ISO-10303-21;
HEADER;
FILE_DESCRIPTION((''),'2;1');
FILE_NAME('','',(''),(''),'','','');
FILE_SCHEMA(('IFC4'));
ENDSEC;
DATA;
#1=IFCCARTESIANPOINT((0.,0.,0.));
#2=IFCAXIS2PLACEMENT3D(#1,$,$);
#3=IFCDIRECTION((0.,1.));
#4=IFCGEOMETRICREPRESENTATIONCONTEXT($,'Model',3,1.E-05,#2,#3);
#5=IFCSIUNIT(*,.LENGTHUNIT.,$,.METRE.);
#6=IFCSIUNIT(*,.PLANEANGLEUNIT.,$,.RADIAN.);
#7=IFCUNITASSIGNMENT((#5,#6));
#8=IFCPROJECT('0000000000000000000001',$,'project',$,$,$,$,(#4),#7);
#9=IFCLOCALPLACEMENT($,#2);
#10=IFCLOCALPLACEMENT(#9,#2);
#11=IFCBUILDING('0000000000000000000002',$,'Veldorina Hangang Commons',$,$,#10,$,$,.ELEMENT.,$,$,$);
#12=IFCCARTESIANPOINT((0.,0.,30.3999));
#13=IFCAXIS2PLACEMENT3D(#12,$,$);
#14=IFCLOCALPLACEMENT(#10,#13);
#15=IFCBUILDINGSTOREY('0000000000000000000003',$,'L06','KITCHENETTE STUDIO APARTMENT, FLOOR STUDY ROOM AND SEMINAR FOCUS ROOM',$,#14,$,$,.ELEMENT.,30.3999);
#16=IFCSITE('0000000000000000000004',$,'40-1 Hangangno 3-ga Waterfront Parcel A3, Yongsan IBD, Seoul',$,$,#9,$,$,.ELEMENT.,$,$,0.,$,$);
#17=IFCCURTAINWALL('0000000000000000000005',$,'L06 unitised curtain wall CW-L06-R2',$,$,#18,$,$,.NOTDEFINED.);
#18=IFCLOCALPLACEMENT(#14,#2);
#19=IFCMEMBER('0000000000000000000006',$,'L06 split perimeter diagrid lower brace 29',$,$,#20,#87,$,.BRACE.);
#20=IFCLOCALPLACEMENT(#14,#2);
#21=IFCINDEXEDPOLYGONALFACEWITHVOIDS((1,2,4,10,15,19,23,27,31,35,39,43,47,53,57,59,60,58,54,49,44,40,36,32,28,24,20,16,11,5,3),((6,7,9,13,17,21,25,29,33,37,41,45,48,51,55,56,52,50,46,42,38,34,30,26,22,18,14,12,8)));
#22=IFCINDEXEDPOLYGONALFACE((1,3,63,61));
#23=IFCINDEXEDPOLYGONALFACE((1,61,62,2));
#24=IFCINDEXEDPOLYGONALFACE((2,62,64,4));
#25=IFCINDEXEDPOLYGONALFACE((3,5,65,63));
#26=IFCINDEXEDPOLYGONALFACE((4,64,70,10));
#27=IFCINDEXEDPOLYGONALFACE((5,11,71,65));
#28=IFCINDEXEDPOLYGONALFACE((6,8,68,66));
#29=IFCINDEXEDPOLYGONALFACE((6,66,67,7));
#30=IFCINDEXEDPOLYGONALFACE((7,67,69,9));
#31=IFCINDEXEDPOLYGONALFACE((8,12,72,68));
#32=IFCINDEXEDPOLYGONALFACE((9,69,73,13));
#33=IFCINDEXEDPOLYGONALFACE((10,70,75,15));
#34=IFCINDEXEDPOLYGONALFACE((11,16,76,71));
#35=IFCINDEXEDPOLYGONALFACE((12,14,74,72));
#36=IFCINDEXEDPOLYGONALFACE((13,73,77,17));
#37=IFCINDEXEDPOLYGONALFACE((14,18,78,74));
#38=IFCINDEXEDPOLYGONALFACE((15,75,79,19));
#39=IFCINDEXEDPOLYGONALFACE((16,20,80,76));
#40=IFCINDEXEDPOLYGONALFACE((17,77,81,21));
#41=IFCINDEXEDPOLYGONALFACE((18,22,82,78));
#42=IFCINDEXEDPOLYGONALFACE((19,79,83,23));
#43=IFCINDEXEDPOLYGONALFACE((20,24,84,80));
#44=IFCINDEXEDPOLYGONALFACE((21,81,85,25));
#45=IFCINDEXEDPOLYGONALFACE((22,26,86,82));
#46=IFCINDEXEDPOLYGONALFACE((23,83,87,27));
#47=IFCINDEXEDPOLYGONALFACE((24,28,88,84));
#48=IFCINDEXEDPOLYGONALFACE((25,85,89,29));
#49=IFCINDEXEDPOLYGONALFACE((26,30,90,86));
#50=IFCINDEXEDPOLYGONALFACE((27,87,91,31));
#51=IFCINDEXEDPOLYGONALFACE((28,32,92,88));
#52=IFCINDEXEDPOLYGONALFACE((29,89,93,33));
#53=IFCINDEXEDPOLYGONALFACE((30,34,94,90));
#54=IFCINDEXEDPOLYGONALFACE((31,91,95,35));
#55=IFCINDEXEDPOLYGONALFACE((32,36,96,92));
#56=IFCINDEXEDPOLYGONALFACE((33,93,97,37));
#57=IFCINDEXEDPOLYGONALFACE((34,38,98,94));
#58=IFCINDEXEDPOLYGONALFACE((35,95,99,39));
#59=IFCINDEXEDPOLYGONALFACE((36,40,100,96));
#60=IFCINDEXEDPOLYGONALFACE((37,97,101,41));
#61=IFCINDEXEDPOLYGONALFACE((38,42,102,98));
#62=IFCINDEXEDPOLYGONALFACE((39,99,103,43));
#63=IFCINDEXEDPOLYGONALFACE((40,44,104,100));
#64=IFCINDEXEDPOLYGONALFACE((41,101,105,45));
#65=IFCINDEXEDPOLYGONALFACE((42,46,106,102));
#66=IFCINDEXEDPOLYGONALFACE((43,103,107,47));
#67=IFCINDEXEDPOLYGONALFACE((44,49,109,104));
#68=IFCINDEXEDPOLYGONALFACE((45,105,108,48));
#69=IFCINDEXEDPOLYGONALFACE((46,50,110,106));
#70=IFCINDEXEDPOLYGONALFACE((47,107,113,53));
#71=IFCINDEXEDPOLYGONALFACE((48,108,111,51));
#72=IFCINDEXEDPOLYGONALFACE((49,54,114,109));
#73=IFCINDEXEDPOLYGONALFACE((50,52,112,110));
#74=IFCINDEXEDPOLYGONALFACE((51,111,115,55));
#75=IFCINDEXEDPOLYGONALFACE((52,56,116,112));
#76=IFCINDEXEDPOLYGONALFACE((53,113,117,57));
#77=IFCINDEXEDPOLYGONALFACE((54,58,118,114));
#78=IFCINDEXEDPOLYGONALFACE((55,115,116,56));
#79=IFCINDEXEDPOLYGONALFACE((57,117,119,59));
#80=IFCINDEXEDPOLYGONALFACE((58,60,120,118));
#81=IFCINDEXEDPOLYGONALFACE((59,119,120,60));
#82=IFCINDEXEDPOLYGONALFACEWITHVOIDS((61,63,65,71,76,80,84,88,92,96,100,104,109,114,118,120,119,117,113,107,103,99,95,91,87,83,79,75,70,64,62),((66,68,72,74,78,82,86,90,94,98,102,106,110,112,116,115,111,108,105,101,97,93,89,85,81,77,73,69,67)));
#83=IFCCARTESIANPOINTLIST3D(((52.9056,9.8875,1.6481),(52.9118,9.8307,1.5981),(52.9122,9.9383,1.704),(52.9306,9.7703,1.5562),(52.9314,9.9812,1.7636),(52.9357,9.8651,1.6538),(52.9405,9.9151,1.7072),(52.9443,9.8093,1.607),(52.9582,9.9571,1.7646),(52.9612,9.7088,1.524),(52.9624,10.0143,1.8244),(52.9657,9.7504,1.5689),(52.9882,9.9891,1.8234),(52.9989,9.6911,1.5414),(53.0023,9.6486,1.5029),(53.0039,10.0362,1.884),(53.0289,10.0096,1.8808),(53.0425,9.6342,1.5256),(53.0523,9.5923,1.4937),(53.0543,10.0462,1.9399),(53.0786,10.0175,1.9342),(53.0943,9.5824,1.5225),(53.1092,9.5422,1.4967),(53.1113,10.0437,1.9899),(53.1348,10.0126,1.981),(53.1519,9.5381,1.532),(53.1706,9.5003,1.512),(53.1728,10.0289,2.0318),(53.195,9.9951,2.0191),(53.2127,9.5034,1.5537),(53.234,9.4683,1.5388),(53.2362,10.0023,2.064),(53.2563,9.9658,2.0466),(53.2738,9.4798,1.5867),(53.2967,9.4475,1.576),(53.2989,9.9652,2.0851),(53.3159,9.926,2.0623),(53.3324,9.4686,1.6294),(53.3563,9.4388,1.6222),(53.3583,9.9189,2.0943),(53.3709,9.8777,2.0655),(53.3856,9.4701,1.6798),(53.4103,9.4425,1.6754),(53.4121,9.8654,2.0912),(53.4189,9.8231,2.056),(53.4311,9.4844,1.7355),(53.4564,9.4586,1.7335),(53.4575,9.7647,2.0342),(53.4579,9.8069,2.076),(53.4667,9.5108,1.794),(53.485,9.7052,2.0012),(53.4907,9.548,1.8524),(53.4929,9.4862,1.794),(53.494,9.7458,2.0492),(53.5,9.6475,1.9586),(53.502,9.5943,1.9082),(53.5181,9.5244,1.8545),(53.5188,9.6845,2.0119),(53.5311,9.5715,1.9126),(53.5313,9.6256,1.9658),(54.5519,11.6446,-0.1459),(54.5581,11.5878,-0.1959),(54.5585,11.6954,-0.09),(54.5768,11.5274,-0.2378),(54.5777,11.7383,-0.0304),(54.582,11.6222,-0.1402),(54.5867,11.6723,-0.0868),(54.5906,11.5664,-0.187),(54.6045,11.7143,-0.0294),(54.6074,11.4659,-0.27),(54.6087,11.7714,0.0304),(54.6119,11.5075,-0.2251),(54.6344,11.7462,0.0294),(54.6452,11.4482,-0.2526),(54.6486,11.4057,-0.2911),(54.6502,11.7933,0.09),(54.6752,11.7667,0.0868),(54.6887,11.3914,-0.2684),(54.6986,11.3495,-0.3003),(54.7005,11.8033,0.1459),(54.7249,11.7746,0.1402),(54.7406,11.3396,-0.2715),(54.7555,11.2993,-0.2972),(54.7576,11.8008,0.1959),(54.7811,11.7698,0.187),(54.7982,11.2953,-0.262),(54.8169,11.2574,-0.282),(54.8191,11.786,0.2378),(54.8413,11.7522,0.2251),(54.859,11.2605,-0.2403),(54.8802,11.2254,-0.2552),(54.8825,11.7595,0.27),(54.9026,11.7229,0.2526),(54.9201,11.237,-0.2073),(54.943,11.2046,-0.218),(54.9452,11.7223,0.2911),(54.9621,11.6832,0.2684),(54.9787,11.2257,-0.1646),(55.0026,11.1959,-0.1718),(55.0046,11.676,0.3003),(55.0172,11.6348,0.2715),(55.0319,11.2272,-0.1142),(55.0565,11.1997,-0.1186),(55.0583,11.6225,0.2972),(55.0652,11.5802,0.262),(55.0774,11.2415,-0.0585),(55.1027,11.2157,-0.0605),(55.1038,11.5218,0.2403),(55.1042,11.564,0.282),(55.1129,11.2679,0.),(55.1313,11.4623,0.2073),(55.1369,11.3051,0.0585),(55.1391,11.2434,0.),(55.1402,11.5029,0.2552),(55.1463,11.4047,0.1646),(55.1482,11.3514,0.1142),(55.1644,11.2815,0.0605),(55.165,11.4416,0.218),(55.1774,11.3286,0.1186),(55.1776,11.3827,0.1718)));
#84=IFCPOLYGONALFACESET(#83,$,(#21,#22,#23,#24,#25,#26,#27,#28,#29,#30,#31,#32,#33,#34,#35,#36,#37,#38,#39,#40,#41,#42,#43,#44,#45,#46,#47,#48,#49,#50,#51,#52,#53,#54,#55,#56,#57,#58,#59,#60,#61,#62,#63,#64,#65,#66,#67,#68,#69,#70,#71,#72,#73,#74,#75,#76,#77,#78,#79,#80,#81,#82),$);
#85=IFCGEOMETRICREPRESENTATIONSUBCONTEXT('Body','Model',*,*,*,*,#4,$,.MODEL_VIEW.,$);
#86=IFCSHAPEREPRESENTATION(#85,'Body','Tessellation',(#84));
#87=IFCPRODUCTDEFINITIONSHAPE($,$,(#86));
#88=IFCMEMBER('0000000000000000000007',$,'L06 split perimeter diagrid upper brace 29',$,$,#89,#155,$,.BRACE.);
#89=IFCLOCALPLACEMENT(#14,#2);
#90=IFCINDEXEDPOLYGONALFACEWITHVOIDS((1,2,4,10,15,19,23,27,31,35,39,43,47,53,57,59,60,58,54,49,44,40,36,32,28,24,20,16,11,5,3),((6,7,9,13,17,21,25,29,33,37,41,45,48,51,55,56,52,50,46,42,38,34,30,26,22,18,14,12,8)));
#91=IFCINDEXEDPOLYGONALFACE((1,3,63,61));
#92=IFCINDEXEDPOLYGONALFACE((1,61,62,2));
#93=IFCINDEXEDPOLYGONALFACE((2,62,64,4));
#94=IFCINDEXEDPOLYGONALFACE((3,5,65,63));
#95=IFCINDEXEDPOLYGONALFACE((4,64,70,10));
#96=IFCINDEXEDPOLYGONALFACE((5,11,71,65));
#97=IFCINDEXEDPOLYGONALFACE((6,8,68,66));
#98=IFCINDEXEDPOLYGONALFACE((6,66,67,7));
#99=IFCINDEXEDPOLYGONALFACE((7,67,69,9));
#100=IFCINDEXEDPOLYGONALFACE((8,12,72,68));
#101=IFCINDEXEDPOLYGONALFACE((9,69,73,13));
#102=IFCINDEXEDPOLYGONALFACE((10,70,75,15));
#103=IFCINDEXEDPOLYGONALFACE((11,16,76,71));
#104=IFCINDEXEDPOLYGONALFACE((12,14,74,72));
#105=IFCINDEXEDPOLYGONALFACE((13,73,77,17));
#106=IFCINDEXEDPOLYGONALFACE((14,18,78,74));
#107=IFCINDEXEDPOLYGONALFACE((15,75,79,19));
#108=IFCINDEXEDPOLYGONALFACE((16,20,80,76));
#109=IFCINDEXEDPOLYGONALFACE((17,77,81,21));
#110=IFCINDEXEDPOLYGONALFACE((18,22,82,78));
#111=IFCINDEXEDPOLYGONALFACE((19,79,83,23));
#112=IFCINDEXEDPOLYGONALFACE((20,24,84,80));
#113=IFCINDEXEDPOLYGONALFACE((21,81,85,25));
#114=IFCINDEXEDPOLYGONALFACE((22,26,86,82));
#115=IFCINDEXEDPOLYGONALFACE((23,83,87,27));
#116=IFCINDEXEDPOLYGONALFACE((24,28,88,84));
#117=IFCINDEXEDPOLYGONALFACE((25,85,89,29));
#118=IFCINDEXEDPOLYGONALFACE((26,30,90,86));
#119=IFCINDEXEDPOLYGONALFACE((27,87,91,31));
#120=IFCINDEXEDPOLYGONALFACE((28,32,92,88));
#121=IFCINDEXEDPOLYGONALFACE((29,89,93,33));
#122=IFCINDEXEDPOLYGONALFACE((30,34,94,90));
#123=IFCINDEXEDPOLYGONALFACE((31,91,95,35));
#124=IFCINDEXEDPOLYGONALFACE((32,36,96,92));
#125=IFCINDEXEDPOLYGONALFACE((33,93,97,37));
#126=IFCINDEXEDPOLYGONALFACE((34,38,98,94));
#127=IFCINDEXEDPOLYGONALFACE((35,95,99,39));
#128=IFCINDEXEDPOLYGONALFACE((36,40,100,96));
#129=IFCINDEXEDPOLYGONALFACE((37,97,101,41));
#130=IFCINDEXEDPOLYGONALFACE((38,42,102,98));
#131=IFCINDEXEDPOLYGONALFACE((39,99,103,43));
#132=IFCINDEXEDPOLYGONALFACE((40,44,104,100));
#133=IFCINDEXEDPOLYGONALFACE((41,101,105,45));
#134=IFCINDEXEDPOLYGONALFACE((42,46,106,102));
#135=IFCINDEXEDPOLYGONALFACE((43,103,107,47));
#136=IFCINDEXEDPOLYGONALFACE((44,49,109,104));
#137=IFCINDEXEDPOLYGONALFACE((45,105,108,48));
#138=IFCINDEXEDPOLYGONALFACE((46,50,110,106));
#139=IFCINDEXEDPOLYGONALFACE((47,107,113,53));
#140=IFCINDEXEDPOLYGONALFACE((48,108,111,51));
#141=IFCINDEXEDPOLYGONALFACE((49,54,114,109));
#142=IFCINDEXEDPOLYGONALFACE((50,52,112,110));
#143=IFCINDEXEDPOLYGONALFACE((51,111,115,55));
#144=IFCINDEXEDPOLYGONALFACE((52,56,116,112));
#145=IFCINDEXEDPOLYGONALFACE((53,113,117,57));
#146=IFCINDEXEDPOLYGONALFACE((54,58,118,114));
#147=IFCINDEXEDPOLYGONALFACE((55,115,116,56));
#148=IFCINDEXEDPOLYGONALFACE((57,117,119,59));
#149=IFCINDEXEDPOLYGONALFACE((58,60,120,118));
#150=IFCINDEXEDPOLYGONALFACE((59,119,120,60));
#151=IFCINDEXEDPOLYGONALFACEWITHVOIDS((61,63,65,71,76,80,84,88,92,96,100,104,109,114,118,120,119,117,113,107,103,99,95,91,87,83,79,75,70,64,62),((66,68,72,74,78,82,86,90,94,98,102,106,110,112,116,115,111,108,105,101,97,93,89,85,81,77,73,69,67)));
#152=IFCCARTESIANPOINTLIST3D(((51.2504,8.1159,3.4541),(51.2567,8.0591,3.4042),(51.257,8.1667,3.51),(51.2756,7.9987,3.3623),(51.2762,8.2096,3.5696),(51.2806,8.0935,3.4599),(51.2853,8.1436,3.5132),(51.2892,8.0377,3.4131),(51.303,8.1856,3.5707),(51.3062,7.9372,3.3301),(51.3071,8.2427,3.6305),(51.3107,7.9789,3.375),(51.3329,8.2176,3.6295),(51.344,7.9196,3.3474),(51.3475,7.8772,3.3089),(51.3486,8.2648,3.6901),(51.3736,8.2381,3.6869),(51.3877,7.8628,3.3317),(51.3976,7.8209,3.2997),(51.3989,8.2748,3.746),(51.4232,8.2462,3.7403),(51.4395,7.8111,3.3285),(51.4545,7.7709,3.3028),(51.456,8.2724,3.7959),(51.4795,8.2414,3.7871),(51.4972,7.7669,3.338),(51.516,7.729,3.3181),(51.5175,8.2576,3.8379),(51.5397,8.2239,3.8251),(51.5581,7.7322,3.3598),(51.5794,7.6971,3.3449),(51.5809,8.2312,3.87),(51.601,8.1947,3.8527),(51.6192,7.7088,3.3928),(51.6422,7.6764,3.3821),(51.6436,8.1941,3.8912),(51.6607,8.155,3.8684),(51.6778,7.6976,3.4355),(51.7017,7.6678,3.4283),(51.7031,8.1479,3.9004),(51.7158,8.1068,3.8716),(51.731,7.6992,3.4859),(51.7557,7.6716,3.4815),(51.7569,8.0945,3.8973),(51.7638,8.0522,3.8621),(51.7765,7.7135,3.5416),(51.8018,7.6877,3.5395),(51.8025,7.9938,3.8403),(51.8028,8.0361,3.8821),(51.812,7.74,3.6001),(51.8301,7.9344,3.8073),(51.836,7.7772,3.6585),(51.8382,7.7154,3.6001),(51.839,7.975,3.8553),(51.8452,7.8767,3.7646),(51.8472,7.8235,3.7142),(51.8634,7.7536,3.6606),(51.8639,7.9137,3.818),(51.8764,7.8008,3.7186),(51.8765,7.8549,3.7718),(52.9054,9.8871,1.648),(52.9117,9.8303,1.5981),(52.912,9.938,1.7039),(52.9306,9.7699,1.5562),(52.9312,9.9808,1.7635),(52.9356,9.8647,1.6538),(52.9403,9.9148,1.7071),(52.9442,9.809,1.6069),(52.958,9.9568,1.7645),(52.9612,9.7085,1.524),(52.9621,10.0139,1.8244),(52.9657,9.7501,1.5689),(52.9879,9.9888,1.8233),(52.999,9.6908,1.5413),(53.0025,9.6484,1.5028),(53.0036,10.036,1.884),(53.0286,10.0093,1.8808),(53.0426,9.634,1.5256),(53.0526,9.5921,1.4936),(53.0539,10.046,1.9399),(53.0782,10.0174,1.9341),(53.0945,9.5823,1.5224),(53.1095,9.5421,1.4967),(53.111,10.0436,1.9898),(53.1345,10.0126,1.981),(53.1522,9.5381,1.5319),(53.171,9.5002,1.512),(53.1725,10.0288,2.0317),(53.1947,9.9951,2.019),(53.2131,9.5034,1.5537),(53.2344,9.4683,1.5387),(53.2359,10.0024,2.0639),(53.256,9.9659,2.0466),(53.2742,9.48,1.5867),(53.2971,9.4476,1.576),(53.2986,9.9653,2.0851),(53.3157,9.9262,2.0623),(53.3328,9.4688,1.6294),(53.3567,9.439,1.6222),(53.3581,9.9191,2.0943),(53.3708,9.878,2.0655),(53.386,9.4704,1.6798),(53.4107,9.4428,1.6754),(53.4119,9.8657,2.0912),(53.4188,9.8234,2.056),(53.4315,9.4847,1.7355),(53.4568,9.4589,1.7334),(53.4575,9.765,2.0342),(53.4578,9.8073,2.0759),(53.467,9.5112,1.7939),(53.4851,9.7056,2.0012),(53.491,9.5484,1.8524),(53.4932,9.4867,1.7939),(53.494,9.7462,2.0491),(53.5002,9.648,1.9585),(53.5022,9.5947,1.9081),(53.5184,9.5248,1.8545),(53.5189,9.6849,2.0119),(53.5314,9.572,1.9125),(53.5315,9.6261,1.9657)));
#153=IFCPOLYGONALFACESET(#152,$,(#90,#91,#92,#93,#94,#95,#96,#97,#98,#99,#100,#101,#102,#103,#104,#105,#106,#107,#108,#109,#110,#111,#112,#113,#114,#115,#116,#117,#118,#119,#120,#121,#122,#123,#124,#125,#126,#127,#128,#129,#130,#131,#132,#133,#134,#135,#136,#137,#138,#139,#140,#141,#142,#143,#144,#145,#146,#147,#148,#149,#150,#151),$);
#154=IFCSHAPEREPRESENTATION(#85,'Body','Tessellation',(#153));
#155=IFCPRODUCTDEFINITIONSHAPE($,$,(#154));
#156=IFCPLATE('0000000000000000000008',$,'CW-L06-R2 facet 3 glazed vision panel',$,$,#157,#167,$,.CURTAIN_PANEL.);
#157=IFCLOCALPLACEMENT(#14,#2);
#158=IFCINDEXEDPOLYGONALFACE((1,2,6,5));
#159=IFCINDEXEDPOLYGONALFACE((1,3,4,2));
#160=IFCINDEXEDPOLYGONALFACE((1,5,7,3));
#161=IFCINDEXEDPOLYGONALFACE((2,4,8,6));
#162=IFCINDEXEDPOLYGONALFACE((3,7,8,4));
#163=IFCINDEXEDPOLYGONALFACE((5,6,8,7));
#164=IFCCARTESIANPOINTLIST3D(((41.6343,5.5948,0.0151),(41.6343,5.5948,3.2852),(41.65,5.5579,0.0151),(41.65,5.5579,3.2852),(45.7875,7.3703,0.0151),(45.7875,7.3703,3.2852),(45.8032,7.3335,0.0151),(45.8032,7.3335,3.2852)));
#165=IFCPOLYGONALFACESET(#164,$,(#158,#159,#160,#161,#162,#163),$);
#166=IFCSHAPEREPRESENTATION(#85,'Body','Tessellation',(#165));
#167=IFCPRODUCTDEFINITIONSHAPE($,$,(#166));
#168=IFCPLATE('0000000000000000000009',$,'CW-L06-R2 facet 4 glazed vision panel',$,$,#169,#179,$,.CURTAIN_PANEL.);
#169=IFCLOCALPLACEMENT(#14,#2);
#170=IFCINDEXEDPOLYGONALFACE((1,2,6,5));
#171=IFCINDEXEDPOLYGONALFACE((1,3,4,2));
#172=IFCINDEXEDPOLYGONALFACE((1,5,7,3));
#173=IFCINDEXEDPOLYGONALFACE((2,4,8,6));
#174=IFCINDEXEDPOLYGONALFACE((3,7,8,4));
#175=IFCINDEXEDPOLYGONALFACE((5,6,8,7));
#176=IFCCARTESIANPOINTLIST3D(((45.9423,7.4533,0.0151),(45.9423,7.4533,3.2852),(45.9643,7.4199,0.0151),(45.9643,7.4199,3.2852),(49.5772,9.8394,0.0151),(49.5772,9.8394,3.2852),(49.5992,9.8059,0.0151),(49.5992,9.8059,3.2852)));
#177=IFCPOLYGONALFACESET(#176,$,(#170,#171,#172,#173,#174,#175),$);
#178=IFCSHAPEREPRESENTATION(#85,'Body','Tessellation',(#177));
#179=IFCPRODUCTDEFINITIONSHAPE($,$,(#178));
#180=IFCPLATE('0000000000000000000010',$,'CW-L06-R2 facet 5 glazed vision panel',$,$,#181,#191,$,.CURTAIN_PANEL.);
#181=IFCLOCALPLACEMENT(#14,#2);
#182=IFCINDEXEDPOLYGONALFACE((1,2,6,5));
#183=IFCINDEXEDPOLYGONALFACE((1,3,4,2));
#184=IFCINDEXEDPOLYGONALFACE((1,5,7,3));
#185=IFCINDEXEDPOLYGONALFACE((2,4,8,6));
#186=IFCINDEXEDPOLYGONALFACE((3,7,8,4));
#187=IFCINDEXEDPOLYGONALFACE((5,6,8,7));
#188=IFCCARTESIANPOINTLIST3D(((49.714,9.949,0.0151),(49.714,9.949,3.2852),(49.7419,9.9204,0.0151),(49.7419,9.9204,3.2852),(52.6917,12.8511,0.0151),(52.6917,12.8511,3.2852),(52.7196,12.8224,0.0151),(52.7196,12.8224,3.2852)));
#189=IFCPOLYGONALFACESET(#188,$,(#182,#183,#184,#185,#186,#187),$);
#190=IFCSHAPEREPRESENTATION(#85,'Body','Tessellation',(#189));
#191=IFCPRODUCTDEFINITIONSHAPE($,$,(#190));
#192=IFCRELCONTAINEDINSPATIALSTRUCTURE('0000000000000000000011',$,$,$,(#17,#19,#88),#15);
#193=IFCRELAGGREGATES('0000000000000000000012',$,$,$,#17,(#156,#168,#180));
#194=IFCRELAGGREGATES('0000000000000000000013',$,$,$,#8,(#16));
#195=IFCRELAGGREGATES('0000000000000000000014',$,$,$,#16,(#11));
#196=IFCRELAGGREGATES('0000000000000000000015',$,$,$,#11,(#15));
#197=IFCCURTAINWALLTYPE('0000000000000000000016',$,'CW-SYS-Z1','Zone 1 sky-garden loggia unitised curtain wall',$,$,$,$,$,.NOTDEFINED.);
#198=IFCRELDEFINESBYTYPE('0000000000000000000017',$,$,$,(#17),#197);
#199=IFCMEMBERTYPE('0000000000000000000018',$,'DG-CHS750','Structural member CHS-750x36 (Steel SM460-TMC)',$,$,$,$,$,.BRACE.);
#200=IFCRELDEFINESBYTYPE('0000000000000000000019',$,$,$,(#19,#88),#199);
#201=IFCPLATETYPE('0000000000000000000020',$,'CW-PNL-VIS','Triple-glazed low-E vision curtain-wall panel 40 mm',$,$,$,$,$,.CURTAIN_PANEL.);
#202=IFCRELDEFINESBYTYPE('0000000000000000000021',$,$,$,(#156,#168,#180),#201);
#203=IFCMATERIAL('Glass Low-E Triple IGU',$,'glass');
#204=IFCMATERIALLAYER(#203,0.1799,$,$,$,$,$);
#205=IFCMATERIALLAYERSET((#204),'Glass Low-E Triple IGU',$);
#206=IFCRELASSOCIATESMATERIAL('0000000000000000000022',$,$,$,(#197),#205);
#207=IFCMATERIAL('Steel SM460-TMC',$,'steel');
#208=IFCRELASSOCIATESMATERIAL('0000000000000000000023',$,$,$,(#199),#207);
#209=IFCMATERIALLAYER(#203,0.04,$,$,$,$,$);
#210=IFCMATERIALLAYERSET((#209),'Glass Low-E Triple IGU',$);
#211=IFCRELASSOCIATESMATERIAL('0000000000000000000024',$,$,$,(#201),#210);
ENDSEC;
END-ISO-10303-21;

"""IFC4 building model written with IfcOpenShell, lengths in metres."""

from ifc_helpers import new_model, si_unit, direction, frame, origin, origin_2d, place, context, subcontext, project, spatial, rectangle, hollow_circle, extrude, material, layer, layer_set, material_profile, profile_set, type_object, element, aggregate, save


model = new_model("IFC4")

# Units and contexts
model_context = context("Model", 3, precision=1e-05, world=origin(), true_north=direction((0.0, 1.0)))
body_context = subcontext(model_context, "Body", "Model", "MODEL_VIEW")
ifc_project = project(units=[si_unit("LENGTHUNIT", "METRE"), si_unit("PLANEANGLEUNIT", "RADIAN")], contexts=[model_context])

# Site, building, storey
site_placement = place(None, origin())
site = spatial("IfcSite", under=ifc_project, at=site_placement, Name="40-1 Hangangno 3-ga Waterfront Parcel A3, Yongsan IBD, Seoul", CompositionType="ELEMENT", RefElevation=0.0)
building_placement = place(site_placement, origin())
building = spatial("IfcBuilding", under=site, at=building_placement, Name="Veldorina Hangang Commons", CompositionType="ELEMENT")
storey_placement = place(building_placement, frame((0.0, 0.0, 30.3999)))
storey = spatial("IfcBuildingStorey", under=building, at=storey_placement, Name="L06", Description="KITCHENETTE STUDIO APARTMENT, FLOOR STUDY ROOM AND SEMINAR FOCUS ROOM", CompositionType="ELEMENT", Elevation=30.3999)

# Shared definitions
ifc_material_1 = material(Name="Steel SM460-TMC", Category="steel")

# Curtain wall
ifc_material_2 = material(Name="Glass Low-E Triple IGU", Category="glass")
ifc_layer_1 = layer(ifc_material_2, 0.1799)
ifc_layer_set_1 = layer_set([ifc_layer_1], Name="Glass Low-E Triple IGU")
curtain_wall_type = type_object("IfcCurtainWallType", Name="CW-SYS-Z1", Description="Zone 1 sky-garden loggia unitised curtain wall", PredefinedType="NOTDEFINED", material=ifc_layer_set_1)
curtain_wall_placement = place(storey_placement, origin())
curtain_wall = element("IfcCurtainWall", 1, at=curtain_wall_placement, inside=storey, type_object=curtain_wall_type, Name="L06 unitised curtain wall CW-L06-R2", PredefinedType="NOTDEFINED")

# Members
ifc_material_profile_1 = material_profile(ifc_material_1, hollow_circle(Radius=0.375, WallThickness=0.0359, at=origin_2d()), Name="CHS-750x36")
ifc_profile_set_1 = profile_set([ifc_material_profile_1], Name="Steel SM460-TMC")
member_type_1 = type_object("IfcMemberType", Name="DG-CHS750", Description="Structural member CHS-750x36 (Steel SM460-TMC)", PredefinedType="BRACE", material=ifc_profile_set_1)
member_1_placement = place(storey_placement, frame((54.8655, 11.4998, 0.0), z_axis=(-0.548269, -0.585184, 0.597462), x_axis=(0.729749, -0.683715, 0.0)))
element("IfcMember", 2, at=member_1_placement, inside=storey, type_object=member_type_1, Name="L06 split perimeter diagrid lower brace 29", PredefinedType="BRACE", context=body_context, shape_type="SweptSolid", body=[
    extrude(hollow_circle(Radius=0.375, WallThickness=0.0359, at=origin_2d()), origin(), (0.0, 0.0, 1.0), 3.0027),
])
member_2_placement = place(storey_placement, frame((53.2192, 9.7427, 1.7939), z_axis=(-0.547477, -0.585919, 0.597468), x_axis=(0.73067, -0.682731, 0.0)))
element("IfcMember", 3, at=member_2_placement, inside=storey, type_object=member_type_1, Name="L06 split perimeter diagrid upper brace 29", PredefinedType="BRACE", context=body_context, shape_type="SweptSolid", body=[
    extrude(hollow_circle(Radius=0.375, WallThickness=0.0359, at=origin_2d()), origin(), (0.0, 0.0, 1.0), 3.0229),
])

# Plates
ifc_layer_2 = layer(ifc_material_2, 0.04)
ifc_layer_set_2 = layer_set([ifc_layer_2], Name="Glass Low-E Triple IGU")
plate_type_1 = type_object("IfcPlateType", Name="CW-PNL-VIS", Description="Triple-glazed low-E vision curtain-wall panel 40 mm", PredefinedType="CURTAIN_PANEL", material=ifc_layer_set_2)
plate_1_placement = place(storey_placement, frame((43.7188, 6.4641, 0.0151), z_axis=(0.0, 0.0, 1.0), x_axis=(0.919499, 0.393092, 0.0)))
plate_1 = element("IfcPlate", 4, at=plate_1_placement, type_object=plate_type_1, Name="CW-L06-R2 facet 3 glazed vision panel", PredefinedType="CURTAIN_PANEL", context=body_context, shape_type="SweptSolid", body=[
    extrude(rectangle(XDim=4.5168, YDim=0.04, at=origin_2d()), origin(), (0.0, 0.0, 1.0), 3.27),
])
plate_2_placement = place(storey_placement, frame((47.7708, 8.6296, 0.0151), z_axis=(0.0, 0.0, 1.0), x_axis=(0.83598, 0.54876, 0.0)))
plate_2 = element("IfcPlate", 5, at=plate_2_placement, type_object=plate_type_1, Name="CW-L06-R2 facet 4 glazed vision panel", PredefinedType="CURTAIN_PANEL", context=body_context, shape_type="SweptSolid", body=[
    extrude(rectangle(XDim=4.3481, YDim=0.04, at=origin_2d()), origin(), (0.0, 0.0, 1.0), 3.27),
])
plate_3_placement = place(storey_placement, frame((51.2168, 11.3857, 0.0151), z_axis=(0.0, 0.0, 1.0), x_axis=(0.716144, 0.697953, 0.0)))
plate_3 = element("IfcPlate", 6, at=plate_3_placement, type_object=plate_type_1, Name="CW-L06-R2 facet 5 glazed vision panel", PredefinedType="CURTAIN_PANEL", context=body_context, shape_type="SweptSolid", body=[
    extrude(rectangle(XDim=4.158, YDim=0.04, at=origin_2d()), origin(), (0.0, 0.0, 1.0), 3.27),
])
aggregate(curtain_wall, [plate_1, plate_2, plate_3])

save(model, "model.ifc")
